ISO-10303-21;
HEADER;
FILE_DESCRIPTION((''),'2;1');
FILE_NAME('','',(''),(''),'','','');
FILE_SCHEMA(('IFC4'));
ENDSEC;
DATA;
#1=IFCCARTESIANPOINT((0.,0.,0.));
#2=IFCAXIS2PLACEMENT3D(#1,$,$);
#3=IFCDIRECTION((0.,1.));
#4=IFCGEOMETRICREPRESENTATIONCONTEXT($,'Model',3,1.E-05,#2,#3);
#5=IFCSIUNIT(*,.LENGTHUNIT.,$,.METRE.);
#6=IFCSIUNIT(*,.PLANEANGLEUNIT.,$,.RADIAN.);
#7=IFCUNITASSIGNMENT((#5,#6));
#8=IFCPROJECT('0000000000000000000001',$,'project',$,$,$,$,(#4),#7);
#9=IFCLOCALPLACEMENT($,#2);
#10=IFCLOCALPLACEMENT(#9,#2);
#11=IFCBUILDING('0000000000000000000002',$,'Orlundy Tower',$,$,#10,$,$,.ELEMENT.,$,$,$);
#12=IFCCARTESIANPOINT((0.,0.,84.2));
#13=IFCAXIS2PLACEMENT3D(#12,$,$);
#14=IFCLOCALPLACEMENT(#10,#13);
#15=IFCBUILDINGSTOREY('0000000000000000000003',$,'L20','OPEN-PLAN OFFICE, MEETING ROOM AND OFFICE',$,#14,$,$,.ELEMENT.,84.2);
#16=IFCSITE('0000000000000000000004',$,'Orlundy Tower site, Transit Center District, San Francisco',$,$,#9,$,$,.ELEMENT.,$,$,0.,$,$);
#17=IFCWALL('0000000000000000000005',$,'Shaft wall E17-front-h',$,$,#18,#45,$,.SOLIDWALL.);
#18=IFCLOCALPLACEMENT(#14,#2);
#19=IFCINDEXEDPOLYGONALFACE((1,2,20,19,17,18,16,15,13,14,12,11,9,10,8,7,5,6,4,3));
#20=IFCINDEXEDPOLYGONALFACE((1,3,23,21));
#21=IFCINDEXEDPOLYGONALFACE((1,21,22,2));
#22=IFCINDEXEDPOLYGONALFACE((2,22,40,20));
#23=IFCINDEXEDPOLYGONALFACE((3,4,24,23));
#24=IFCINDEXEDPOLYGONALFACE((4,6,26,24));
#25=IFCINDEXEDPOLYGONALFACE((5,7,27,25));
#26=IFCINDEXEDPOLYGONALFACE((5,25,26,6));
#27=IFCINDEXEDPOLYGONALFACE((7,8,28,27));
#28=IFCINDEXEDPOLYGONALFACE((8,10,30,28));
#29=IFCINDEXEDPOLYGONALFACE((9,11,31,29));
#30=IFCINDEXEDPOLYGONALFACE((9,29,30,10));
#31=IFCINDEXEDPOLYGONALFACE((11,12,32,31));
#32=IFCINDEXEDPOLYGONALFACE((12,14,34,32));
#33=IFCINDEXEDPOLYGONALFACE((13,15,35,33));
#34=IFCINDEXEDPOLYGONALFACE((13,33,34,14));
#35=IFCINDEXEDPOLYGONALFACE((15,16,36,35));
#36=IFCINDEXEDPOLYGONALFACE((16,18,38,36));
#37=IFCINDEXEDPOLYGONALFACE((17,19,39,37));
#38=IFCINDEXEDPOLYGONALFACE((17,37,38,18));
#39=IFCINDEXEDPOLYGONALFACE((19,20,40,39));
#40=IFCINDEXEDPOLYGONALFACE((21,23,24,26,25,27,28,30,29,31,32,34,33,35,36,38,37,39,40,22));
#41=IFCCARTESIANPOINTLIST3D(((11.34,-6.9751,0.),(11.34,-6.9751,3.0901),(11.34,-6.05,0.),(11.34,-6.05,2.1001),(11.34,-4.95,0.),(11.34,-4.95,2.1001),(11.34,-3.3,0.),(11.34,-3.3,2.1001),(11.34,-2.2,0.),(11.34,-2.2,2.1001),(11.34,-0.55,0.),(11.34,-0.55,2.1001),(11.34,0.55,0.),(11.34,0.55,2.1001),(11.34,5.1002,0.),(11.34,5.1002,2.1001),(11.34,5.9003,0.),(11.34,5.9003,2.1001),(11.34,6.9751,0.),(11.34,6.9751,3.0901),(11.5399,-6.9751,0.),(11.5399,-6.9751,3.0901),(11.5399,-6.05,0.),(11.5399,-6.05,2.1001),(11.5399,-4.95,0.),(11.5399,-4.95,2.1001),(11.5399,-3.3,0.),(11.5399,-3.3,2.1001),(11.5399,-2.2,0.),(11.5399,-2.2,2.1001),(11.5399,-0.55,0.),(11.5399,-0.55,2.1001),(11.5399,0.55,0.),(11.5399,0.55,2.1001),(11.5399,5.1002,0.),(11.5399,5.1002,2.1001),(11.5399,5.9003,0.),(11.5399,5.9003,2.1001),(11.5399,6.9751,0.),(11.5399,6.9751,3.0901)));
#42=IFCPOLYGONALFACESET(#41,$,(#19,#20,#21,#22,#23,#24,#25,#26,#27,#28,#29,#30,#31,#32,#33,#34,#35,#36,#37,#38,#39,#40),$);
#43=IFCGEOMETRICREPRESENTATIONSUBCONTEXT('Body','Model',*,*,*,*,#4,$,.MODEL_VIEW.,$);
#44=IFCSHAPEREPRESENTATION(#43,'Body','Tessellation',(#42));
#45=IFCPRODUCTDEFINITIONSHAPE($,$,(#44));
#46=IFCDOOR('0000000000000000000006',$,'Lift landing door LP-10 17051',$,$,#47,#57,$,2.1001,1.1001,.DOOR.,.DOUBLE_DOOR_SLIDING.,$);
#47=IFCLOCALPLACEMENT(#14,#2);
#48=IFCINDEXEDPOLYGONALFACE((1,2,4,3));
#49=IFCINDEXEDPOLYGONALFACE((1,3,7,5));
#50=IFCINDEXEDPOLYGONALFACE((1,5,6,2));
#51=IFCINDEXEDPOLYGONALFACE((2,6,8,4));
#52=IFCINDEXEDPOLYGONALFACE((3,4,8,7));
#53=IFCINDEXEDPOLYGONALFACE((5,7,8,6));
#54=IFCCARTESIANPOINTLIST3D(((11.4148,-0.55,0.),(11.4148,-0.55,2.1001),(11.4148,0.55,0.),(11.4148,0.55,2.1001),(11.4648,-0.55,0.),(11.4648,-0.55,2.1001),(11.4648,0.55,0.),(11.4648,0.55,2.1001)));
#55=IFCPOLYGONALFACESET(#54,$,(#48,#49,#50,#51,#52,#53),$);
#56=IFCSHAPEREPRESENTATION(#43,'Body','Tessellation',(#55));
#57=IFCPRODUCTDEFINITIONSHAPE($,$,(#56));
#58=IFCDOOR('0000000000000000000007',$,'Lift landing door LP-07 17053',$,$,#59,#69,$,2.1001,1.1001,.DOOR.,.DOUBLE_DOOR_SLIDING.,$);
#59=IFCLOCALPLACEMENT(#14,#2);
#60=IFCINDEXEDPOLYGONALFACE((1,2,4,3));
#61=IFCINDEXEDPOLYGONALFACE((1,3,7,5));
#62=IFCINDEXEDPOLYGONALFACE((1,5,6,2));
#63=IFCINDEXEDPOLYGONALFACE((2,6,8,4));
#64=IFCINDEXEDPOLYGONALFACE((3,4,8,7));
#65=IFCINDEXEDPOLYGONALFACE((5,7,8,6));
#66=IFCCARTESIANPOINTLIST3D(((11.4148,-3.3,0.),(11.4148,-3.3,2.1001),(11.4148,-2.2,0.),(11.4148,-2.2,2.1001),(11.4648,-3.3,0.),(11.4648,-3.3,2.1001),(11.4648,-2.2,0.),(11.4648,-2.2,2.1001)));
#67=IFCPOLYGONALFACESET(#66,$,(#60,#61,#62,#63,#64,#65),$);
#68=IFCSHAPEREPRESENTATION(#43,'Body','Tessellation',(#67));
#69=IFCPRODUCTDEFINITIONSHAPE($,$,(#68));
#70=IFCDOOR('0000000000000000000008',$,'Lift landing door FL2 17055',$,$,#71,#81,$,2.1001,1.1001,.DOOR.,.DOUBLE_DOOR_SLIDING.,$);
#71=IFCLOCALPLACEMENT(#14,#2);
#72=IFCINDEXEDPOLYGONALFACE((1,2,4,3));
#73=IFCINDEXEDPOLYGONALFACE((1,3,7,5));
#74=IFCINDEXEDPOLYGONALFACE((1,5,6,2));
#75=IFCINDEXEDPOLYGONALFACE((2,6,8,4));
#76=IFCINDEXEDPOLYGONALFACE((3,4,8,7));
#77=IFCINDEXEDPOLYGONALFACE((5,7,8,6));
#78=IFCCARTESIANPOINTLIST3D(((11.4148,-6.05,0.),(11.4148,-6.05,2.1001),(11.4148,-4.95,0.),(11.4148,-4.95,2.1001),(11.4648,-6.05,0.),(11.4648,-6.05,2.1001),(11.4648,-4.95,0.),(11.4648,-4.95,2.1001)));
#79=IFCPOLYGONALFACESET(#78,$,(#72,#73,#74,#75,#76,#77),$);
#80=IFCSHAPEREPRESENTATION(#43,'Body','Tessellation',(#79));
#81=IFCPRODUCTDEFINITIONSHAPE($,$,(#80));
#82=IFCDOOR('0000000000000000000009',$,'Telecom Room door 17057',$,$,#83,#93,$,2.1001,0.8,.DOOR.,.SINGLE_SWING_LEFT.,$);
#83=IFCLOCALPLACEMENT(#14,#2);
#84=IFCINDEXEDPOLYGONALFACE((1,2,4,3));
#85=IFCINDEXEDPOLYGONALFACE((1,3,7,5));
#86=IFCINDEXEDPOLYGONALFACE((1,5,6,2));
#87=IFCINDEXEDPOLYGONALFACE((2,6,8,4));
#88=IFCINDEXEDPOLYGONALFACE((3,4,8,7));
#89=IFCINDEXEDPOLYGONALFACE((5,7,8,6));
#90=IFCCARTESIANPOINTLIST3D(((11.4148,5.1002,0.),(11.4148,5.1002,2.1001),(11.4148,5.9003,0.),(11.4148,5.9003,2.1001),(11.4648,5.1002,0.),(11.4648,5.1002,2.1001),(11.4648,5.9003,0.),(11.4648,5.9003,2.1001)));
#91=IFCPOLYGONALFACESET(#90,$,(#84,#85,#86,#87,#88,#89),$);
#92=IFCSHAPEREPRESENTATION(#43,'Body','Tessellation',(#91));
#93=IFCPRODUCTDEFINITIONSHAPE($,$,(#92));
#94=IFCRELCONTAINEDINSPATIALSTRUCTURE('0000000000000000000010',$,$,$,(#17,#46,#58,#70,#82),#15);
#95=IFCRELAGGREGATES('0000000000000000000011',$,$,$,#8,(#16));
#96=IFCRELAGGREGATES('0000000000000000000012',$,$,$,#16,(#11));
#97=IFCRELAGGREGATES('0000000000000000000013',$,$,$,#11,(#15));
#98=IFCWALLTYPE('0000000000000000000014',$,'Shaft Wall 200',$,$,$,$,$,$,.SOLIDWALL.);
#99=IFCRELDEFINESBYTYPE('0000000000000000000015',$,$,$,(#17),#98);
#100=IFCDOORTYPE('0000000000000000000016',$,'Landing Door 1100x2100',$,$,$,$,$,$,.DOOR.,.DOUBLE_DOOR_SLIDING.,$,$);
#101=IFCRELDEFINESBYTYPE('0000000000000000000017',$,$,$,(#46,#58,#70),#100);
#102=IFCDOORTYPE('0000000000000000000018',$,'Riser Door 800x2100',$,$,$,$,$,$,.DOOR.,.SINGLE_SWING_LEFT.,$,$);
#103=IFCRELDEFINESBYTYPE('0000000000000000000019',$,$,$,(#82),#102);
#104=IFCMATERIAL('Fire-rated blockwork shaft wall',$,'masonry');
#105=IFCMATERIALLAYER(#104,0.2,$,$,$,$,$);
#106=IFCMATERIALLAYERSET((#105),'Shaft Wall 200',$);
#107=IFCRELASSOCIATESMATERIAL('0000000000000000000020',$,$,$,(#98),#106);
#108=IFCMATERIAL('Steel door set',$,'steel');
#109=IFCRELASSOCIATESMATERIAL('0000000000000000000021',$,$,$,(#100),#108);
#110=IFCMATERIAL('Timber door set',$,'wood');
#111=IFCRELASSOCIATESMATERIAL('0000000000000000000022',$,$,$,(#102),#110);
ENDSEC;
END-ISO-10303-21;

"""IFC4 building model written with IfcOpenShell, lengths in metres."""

from ifc_helpers import new_model, si_unit, direction, frame, frame_2d, origin, place, context, subcontext, project, spatial, rectangle, extrude, material, layer, layer_set, type_object, element, fill, save


model = new_model("IFC4")

# Units and contexts
model_context = context("Model", 3, precision=1e-05, world=origin(), true_north=direction((0.0, 1.0)))
body_context = subcontext(model_context, "Body", "Model", "MODEL_VIEW")
ifc_project = project(units=[si_unit("LENGTHUNIT", "METRE"), si_unit("PLANEANGLEUNIT", "RADIAN")], contexts=[model_context])

# Site, building, storey
site_placement = place(None, origin())
site = spatial("IfcSite", under=ifc_project, at=site_placement, Name="Orlundy Tower site, Transit Center District, San Francisco", CompositionType="ELEMENT", RefElevation=0.0)
building_placement = place(site_placement, origin())
building = spatial("IfcBuilding", under=site, at=building_placement, Name="Orlundy Tower", CompositionType="ELEMENT")
storey_placement = place(building_placement, frame((0.0, 0.0, 84.2)))
storey = spatial("IfcBuildingStorey", under=building, at=storey_placement, Name="L20", Description="OPEN-PLAN OFFICE, MEETING ROOM AND OFFICE", CompositionType="ELEMENT", Elevation=84.2)

# Shared definitions
ifc_material_1 = material(Name="Fire-rated blockwork shaft wall", Category="masonry")
ifc_layer_1 = layer(ifc_material_1, 0.2)
ifc_layer_set_1 = layer_set([ifc_layer_1], Name="Shaft Wall 200")
wall_type_1 = type_object("IfcWallType", Name="Shaft Wall 200", PredefinedType="SOLIDWALL", material=ifc_layer_set_1)

# Wall, openings, doors
wall_1_placement = place(storey_placement, frame((11.4399, 6.9751, 0.0), z_axis=(0.0, 0.0, 1.0), x_axis=(0.0, -1.0, 0.0)))
wall_1 = element("IfcWall", 1, at=wall_1_placement, inside=storey, type_object=wall_type_1, Name="Shaft wall E17-front-h", PredefinedType="SOLIDWALL", context=body_context, shape_type="SweptSolid", body=[
    extrude(rectangle(XDim=13.9502, YDim=0.2, at=frame_2d((6.9751, 0.0))), origin(), (0.0, 0.0, 1.0), 3.0901),
])
opening_1_placement = place(wall_1_placement, frame((6.425, 0.0, 0.0)))
opening_1 = element("IfcOpeningElement", 2, at=opening_1_placement, cuts=wall_1, PredefinedType="OPENING", context=body_context, shape_type="SweptSolid", body=[
    extrude(rectangle(XDim=1.1001, YDim=2.1001, at=frame_2d((0.55, 1.05))), frame((0.0, 0.1101, 0.0), z_axis=(0.0, -1.0, 0.0), x_axis=(1.0, 0.0, 0.0)), (0.0, 0.0, 1.0), 0.2202),
])
opening_2_placement = place(wall_1_placement, frame((9.175, 0.0, 0.0)))
opening_2 = element("IfcOpeningElement", 3, at=opening_2_placement, cuts=wall_1, PredefinedType="OPENING", context=body_context, shape_type="SweptSolid", body=[
    extrude(rectangle(XDim=1.1001, YDim=2.1001, at=frame_2d((0.55, 1.05))), frame((0.0, 0.1101, 0.0), z_axis=(0.0, -1.0, 0.0), x_axis=(1.0, 0.0, 0.0)), (0.0, 0.0, 1.0), 0.2202),
])
opening_3_placement = place(wall_1_placement, frame((11.925, 0.0, 0.0)))
opening_3 = element("IfcOpeningElement", 4, at=opening_3_placement, cuts=wall_1, PredefinedType="OPENING", context=body_context, shape_type="SweptSolid", body=[
    extrude(rectangle(XDim=1.1001, YDim=2.1001, at=frame_2d((0.55, 1.05))), frame((0.0, 0.1101, 0.0), z_axis=(0.0, -1.0, 0.0), x_axis=(1.0, 0.0, 0.0)), (0.0, 0.0, 1.0), 0.2202),
])
opening_4_placement = place(wall_1_placement, frame((1.075, 0.0, 0.0)))
opening_4 = element("IfcOpeningElement", 5, at=opening_4_placement, cuts=wall_1, PredefinedType="OPENING", context=body_context, shape_type="SweptSolid", body=[
    extrude(rectangle(XDim=0.8, YDim=2.1001, at=frame_2d((0.3999, 1.05))), frame((0.0, 0.1101, 0.0), z_axis=(0.0, -1.0, 0.0), x_axis=(1.0, 0.0, 0.0)), (0.0, 0.0, 1.0), 0.2202),
])
ifc_material_2 = material(Name="Steel door set", Category="steel")
door_type_1 = type_object("IfcDoorType", Name="Landing Door 1100x2100", OperationType="DOUBLE_DOOR_SLIDING", PredefinedType="DOOR", material=ifc_material_2)
door_1_placement = place(opening_1_placement, origin())
door_1 = element("IfcDoor", 6, at=door_1_placement, inside=storey, type_object=door_type_1, Name="Lift landing door LP-10 17051", OperationType="DOUBLE_DOOR_SLIDING", OverallHeight=2.1001, OverallWidth=1.1001, PredefinedType="DOOR", context=body_context, shape_type="SweptSolid", body=[
    extrude(rectangle(XDim=1.1001, YDim=2.1001, at=frame_2d((0.55, 1.05))), frame((0.0, 0.0249, 0.0), z_axis=(0.0, -1.0, 0.0), x_axis=(1.0, 0.0, 0.0)), (0.0, 0.0, 1.0), 0.05),
])
fill(opening_1, door_1)
door_2_placement = place(opening_2_placement, origin())
door_2 = element("IfcDoor", 7, at=door_2_placement, inside=storey, type_object=door_type_1, Name="Lift landing door LP-07 17053", OperationType="DOUBLE_DOOR_SLIDING", OverallHeight=2.1001, OverallWidth=1.1001, PredefinedType="DOOR", context=body_context, shape_type="SweptSolid", body=[
    extrude(rectangle(XDim=1.1001, YDim=2.1001, at=frame_2d((0.55, 1.05))), frame((0.0, 0.0249, 0.0), z_axis=(0.0, -1.0, 0.0), x_axis=(1.0, 0.0, 0.0)), (0.0, 0.0, 1.0), 0.05),
])
fill(opening_2, door_2)
door_3_placement = place(opening_3_placement, origin())
door_3 = element("IfcDoor", 8, at=door_3_placement, inside=storey, type_object=door_type_1, Name="Lift landing door FL2 17055", OperationType="DOUBLE_DOOR_SLIDING", OverallHeight=2.1001, OverallWidth=1.1001, PredefinedType="DOOR", context=body_context, shape_type="SweptSolid", body=[
    extrude(rectangle(XDim=1.1001, YDim=2.1001, at=frame_2d((0.55, 1.05))), frame((0.0, 0.0249, 0.0), z_axis=(0.0, -1.0, 0.0), x_axis=(1.0, 0.0, 0.0)), (0.0, 0.0, 1.0), 0.05),
])
fill(opening_3, door_3)
ifc_material_3 = material(Name="Timber door set", Category="wood")
door_type_2 = type_object("IfcDoorType", Name="Riser Door 800x2100", OperationType="SINGLE_SWING_LEFT", PredefinedType="DOOR", material=ifc_material_3)
door_4_placement = place(opening_4_placement, origin())
door_4 = element("IfcDoor", 9, at=door_4_placement, inside=storey, type_object=door_type_2, Name="Telecom Room door 17057", OperationType="SINGLE_SWING_LEFT", OverallHeight=2.1001, OverallWidth=0.8, PredefinedType="DOOR", context=body_context, shape_type="SweptSolid", body=[
    extrude(rectangle(XDim=0.8, YDim=2.1001, at=frame_2d((0.3999, 1.05))), frame((0.0, 0.0249, 0.0), z_axis=(0.0, -1.0, 0.0), x_axis=(1.0, 0.0, 0.0)), (0.0, 0.0, 1.0), 0.05),
])
fill(opening_4, door_4)

save(model, "model.ifc")
